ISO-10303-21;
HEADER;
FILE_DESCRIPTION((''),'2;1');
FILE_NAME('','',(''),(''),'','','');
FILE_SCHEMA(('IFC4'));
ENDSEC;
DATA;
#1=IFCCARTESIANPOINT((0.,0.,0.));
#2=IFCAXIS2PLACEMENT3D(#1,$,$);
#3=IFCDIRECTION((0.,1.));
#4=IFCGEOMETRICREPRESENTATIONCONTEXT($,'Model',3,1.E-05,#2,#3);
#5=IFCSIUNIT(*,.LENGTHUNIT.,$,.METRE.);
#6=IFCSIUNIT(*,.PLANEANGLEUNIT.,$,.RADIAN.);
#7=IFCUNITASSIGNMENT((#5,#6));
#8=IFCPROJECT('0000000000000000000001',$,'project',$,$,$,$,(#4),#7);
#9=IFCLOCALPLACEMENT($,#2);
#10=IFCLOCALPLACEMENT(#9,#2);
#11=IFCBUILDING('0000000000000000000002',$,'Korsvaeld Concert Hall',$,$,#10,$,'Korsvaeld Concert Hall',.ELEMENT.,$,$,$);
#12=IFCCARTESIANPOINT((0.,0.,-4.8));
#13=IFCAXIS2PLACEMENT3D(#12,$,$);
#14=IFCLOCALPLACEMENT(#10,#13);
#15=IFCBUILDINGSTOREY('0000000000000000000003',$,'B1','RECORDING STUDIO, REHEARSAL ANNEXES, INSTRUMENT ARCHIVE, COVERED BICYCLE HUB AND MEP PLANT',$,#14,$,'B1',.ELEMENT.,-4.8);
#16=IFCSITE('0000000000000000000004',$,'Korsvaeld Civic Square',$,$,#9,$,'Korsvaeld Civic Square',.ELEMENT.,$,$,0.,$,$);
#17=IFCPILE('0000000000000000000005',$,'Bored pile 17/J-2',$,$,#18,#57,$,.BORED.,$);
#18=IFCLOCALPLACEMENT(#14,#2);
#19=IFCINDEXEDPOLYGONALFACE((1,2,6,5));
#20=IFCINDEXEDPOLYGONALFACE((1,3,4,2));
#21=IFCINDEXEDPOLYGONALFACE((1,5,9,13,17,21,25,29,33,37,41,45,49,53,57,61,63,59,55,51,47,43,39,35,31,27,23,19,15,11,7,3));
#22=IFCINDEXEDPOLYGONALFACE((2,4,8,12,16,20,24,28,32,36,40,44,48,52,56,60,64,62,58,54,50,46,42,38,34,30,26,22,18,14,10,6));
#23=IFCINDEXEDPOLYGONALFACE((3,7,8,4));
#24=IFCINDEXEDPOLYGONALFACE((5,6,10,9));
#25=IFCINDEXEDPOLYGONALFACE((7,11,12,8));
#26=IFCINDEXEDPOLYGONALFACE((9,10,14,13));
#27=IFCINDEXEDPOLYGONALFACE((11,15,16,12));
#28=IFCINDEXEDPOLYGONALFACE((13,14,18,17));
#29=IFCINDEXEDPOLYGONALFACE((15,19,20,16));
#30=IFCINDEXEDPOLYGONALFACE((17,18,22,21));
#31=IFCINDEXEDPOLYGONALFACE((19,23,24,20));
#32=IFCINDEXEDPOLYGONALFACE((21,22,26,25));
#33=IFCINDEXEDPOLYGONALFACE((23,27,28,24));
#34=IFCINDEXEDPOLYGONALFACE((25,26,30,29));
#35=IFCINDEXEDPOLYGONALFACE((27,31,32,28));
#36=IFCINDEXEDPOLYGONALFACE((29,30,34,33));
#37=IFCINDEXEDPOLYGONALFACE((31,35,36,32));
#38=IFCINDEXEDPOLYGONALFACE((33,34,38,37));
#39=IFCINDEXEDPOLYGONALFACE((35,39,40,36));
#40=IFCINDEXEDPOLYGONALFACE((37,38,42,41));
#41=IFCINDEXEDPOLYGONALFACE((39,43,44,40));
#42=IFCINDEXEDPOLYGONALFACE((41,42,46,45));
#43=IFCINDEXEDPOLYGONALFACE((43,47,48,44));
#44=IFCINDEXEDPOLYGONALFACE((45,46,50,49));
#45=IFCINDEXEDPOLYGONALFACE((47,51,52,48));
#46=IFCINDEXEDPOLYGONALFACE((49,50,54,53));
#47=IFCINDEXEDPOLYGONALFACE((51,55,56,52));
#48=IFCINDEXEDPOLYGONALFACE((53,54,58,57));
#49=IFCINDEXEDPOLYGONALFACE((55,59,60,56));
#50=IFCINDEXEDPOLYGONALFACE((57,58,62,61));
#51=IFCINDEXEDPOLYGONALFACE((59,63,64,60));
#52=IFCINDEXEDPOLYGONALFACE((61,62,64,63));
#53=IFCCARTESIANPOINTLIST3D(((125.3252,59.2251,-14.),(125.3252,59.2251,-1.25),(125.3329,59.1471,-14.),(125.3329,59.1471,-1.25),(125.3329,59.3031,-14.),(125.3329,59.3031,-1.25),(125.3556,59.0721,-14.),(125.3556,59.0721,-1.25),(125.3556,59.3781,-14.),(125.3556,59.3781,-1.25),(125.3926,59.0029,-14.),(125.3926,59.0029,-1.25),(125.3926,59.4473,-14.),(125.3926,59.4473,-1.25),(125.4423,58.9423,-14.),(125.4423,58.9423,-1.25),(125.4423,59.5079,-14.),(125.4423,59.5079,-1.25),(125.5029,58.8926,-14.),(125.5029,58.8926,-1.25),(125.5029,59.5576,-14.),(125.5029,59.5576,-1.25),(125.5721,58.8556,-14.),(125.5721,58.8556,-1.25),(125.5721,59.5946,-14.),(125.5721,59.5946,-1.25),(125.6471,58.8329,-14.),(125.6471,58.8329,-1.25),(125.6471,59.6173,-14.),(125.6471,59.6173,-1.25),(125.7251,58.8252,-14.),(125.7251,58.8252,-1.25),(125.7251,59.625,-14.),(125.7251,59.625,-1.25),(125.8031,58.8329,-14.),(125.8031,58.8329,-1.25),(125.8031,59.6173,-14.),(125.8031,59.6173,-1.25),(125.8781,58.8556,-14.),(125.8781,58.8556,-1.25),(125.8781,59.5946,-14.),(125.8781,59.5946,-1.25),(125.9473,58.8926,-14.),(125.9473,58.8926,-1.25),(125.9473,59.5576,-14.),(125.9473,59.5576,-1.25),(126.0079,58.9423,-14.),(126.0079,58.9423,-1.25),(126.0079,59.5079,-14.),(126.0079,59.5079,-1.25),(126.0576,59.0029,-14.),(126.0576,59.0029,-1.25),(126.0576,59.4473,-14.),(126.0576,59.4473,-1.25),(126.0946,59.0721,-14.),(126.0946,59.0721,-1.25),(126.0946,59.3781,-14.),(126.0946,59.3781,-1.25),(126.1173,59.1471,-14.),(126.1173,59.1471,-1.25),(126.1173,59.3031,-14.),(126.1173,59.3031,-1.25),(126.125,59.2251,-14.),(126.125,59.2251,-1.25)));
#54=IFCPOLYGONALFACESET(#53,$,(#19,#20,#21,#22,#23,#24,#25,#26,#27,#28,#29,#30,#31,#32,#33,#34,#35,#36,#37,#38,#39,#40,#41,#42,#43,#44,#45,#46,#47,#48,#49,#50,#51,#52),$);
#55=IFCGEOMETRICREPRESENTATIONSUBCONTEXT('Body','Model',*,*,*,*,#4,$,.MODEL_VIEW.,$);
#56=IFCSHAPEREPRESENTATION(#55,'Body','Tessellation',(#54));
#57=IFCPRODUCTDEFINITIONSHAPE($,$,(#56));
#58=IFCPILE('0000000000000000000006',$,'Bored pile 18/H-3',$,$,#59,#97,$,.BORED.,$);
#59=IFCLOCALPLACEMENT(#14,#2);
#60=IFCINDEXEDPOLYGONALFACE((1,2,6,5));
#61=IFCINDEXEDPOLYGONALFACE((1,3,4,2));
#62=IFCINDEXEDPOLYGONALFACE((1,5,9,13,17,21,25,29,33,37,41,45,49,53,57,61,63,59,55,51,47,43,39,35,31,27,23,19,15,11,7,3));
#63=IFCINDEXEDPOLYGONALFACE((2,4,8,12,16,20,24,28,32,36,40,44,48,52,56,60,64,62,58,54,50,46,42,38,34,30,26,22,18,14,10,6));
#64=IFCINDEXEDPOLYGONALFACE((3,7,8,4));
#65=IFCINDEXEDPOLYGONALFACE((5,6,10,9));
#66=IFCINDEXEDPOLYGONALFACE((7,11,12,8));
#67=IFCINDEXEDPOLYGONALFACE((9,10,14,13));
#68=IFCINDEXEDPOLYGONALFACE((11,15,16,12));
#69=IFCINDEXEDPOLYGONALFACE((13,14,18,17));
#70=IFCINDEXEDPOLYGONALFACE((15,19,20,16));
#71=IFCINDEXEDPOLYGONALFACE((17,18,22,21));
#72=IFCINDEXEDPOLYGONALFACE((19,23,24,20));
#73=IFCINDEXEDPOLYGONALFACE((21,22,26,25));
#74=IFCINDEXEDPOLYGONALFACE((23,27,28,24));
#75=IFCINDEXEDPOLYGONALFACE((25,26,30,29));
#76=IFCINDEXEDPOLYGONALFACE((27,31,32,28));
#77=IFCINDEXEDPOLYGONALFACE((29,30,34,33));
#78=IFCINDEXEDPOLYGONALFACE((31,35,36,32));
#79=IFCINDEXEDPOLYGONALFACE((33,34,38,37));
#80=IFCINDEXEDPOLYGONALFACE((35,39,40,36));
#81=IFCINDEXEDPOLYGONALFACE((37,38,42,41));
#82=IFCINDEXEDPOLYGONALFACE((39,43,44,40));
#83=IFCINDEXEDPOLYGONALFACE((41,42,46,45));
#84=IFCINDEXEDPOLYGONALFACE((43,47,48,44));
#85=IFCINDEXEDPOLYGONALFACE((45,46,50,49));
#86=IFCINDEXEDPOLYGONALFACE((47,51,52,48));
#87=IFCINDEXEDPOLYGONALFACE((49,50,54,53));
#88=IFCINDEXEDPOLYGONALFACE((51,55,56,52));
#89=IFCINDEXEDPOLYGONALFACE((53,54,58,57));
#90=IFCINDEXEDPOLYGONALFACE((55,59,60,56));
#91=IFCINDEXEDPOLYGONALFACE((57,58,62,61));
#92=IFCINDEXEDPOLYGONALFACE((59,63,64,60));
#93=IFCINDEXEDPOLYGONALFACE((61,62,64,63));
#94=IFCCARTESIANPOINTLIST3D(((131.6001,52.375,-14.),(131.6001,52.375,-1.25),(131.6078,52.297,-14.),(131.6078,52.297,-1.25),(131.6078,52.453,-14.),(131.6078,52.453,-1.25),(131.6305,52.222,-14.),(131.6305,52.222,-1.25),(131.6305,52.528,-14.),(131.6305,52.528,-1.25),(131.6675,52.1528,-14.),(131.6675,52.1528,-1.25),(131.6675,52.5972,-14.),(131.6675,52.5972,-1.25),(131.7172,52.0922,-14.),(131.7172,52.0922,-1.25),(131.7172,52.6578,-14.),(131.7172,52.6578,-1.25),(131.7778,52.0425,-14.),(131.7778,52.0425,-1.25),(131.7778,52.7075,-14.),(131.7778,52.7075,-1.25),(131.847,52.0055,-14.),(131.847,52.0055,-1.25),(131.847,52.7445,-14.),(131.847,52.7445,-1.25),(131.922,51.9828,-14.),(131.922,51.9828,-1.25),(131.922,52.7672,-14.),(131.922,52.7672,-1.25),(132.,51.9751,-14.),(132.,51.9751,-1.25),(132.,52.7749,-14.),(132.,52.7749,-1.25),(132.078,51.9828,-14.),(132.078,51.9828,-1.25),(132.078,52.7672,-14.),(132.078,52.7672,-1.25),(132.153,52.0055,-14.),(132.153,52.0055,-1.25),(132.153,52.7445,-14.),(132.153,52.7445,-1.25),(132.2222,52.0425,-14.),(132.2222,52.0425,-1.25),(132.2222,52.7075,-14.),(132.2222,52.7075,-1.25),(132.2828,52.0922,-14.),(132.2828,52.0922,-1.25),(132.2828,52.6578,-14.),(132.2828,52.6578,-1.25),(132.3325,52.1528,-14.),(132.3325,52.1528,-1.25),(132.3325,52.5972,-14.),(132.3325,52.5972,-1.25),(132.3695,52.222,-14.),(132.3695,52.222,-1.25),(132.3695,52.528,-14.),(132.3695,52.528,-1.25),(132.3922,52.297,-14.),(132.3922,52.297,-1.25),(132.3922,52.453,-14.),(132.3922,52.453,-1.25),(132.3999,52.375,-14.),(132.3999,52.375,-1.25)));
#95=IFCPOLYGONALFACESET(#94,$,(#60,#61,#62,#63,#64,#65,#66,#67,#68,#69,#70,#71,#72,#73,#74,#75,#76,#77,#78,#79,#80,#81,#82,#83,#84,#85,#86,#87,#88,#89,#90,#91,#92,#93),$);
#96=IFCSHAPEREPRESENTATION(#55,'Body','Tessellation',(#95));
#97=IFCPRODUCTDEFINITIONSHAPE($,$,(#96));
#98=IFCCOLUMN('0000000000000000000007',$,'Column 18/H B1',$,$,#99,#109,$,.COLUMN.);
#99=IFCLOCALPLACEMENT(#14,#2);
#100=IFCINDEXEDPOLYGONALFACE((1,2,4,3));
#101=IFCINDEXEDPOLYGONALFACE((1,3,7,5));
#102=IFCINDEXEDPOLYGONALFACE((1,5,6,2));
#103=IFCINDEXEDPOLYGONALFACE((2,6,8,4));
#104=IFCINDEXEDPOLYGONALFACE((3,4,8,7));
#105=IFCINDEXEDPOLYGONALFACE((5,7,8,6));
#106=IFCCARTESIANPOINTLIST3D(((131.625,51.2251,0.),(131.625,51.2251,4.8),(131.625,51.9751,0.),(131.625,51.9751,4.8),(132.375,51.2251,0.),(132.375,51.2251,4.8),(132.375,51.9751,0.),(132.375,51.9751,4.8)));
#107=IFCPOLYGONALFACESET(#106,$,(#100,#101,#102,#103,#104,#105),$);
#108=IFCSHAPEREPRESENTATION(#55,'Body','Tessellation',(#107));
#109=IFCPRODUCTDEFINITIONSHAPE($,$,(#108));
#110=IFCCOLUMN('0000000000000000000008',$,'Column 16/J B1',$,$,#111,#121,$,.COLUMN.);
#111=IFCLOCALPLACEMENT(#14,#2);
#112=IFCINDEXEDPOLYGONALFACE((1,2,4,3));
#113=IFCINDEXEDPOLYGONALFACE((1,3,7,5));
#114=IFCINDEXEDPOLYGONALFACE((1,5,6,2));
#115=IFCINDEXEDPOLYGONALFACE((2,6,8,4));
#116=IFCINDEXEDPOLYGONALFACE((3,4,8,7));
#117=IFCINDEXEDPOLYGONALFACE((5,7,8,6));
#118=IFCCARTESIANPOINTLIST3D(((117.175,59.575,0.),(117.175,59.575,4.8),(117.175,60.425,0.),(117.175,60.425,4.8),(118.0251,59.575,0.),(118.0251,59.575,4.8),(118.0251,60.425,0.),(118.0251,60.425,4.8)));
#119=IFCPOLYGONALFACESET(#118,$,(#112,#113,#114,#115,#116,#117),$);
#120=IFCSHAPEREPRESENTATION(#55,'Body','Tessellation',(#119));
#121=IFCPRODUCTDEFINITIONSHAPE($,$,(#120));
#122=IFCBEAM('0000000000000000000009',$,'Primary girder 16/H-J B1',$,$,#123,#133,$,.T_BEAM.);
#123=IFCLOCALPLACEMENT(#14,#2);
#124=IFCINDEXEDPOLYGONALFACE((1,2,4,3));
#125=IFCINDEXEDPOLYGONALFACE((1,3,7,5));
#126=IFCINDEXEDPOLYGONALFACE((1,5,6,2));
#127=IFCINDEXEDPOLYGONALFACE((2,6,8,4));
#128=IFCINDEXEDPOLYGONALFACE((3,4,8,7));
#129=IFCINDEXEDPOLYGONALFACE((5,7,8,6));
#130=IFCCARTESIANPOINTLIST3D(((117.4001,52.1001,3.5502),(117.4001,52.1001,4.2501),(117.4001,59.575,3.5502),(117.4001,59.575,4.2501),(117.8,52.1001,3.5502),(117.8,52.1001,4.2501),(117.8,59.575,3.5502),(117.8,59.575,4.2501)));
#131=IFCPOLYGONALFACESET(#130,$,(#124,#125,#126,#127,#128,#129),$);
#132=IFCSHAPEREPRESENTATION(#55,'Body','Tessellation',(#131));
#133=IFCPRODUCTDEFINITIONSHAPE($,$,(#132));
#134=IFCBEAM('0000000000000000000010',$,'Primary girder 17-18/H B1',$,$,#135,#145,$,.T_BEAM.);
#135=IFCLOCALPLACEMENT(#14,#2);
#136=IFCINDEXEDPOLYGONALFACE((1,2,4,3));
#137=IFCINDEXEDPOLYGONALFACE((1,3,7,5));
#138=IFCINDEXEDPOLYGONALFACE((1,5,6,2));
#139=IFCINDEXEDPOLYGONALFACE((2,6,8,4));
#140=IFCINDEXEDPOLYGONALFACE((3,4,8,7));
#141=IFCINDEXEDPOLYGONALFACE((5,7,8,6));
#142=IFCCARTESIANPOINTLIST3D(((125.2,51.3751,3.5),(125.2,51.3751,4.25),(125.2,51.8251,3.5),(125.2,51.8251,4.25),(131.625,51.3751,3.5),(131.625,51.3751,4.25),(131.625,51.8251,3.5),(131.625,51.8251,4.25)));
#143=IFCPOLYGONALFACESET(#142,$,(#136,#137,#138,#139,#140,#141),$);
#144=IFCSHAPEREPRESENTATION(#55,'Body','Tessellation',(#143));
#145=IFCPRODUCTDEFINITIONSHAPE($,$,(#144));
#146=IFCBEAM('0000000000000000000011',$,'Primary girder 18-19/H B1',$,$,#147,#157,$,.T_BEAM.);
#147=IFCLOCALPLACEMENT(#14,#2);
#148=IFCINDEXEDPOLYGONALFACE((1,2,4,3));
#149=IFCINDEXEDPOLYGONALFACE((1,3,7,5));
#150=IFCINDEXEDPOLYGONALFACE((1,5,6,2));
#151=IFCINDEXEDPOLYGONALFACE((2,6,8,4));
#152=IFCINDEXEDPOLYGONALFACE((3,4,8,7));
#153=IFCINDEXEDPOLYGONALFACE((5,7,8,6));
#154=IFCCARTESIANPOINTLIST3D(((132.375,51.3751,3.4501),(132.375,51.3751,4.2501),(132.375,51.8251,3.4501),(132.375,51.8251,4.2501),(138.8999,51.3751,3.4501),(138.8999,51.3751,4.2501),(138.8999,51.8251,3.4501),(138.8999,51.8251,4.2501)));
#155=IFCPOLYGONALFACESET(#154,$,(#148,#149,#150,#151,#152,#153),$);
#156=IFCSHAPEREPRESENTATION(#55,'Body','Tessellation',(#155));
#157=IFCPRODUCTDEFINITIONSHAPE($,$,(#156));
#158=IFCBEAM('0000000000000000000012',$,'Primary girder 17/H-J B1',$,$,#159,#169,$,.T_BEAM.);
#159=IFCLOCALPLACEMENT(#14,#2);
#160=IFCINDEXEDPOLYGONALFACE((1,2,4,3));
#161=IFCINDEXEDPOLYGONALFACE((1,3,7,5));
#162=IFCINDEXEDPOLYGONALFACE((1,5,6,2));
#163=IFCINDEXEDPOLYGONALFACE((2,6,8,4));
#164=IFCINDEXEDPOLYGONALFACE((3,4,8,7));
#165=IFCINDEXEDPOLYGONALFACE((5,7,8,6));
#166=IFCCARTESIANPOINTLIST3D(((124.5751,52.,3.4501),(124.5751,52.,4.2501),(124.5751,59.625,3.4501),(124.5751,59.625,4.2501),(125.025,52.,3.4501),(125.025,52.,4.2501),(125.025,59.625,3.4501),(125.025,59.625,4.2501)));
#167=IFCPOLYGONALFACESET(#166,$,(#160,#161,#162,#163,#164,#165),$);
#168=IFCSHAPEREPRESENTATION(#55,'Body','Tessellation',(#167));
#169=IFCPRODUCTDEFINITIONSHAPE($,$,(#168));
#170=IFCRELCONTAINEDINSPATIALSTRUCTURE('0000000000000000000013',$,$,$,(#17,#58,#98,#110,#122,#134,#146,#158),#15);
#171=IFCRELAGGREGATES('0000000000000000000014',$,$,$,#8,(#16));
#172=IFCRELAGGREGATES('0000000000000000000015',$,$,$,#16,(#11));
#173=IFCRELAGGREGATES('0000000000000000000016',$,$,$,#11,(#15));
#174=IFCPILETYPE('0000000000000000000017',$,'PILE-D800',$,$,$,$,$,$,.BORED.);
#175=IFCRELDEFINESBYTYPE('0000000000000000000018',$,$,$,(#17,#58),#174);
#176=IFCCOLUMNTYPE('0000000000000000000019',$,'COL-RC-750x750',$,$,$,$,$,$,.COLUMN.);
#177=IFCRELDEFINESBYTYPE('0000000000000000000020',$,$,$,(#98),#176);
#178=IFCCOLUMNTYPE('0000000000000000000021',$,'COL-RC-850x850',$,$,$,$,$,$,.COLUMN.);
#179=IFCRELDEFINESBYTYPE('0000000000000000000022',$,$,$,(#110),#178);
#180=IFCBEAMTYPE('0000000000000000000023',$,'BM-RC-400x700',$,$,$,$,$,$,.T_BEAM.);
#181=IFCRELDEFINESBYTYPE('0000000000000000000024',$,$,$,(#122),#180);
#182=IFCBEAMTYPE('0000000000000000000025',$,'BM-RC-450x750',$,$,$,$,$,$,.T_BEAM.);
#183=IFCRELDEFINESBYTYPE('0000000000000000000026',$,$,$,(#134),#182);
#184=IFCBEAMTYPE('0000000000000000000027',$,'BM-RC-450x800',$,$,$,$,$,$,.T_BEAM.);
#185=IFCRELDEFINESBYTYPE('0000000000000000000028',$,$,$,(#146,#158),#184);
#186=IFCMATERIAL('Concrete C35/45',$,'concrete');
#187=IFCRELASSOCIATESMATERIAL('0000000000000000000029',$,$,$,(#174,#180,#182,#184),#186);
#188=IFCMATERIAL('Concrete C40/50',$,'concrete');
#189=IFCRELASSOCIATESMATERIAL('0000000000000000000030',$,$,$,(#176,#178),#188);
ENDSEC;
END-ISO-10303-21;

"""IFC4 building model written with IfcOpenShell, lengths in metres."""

from ifc_helpers import new_model, si_unit, direction, frame, origin, origin_2d, place, context, subcontext, project, spatial, rectangle, circle, extrude, material, material_profile, profile_set, type_object, element, save


model = new_model("IFC4")

# Units and contexts
model_context = context("Model", 3, precision=1e-05, world=origin(), true_north=direction((0.0, 1.0)))
body_context = subcontext(model_context, "Body", "Model", "MODEL_VIEW")
ifc_project = project(units=[si_unit("LENGTHUNIT", "METRE"), si_unit("PLANEANGLEUNIT", "RADIAN")], contexts=[model_context])

# Site, building, storey
site_placement = place(None, origin())
site = spatial("IfcSite", under=ifc_project, at=site_placement, Name="Korsvaeld Civic Square", LongName="Korsvaeld Civic Square", CompositionType="ELEMENT", RefElevation=0.0)
building_placement = place(site_placement, origin())
building = spatial("IfcBuilding", under=site, at=building_placement, Name="Korsvaeld Concert Hall", LongName="Korsvaeld Concert Hall", CompositionType="ELEMENT")
storey_placement = place(building_placement, frame((0.0, 0.0, -4.8)))
storey = spatial("IfcBuildingStorey", under=building, at=storey_placement, Name="B1", Description="RECORDING STUDIO, REHEARSAL ANNEXES, INSTRUMENT ARCHIVE, COVERED BICYCLE HUB AND MEP PLANT", LongName="B1", CompositionType="ELEMENT", Elevation=-4.8)

# Shared definitions
ifc_material_1 = material(Name="Concrete C35/45", Category="concrete")

# Piles
ifc_material_profile_1 = material_profile(ifc_material_1, circle(Radius=0.3999, at=origin_2d()), Name="BORED PILE D800")
ifc_profile_set_1 = profile_set([ifc_material_profile_1], Name="Concrete C35/45")
pile_type = type_object("IfcPileType", Name="PILE-D800", PredefinedType="BORED", material=ifc_profile_set_1)
for number, where, z_axis, x_axis, name in (
    (1, (125.7251, 59.2251, -1.25), (0.0, 0.0, -1.0), (1.0, 0.0, 0.0), "Bored pile 17/J-2"),
    (2, (132.0, 52.375, -1.25), (0.0, 0.0, -1.0), (1.0, 0.0, 0.0), "Bored pile 18/H-3"),
):
    element("IfcPile", number, at=place(storey_placement, frame(where, z_axis=z_axis, x_axis=x_axis)), inside=storey, type_object=pile_type, Name=name, PredefinedType="BORED", context=body_context, shape_type="SweptSolid", body=[
        extrude(circle(Radius=0.3999, at=origin_2d()), origin(), (0.0, 0.0, 1.0), 12.75),
    ])

# Columns
ifc_material_2 = material(Name="Concrete C40/50", Category="concrete")
ifc_material_profile_2 = material_profile(ifc_material_2, rectangle(XDim=0.75, YDim=0.75, at=origin_2d()), Name="RC 750x750")
ifc_profile_set_2 = profile_set([ifc_material_profile_2], Name="Concrete C40/50")
column_type_1 = type_object("IfcColumnType", Name="COL-RC-750x750", PredefinedType="COLUMN", material=ifc_profile_set_2)
column_1_placement = place(storey_placement, frame((132.0, 51.6001, 0.0), z_axis=(0.0, 0.0, 1.0), x_axis=(1.0, 0.0, 0.0)))
element("IfcColumn", 3, at=column_1_placement, inside=storey, type_object=column_type_1, Name="Column 18/H B1", PredefinedType="COLUMN", context=body_context, shape_type="SweptSolid", body=[
    extrude(rectangle(XDim=0.75, YDim=0.75, at=origin_2d()), origin(), (0.0, 0.0, 1.0), 4.8),
])
ifc_material_profile_3 = material_profile(ifc_material_2, rectangle(XDim=0.8501, YDim=0.8501, at=origin_2d()), Name="RC 850x850")
ifc_profile_set_3 = profile_set([ifc_material_profile_3], Name="Concrete C40/50")
column_type_2 = type_object("IfcColumnType", Name="COL-RC-850x850", PredefinedType="COLUMN", material=ifc_profile_set_3)
column_2_placement = place(storey_placement, frame((117.6001, 60.0, 0.0), z_axis=(0.0, 0.0, 1.0), x_axis=(1.0, 0.0, 0.0)))
element("IfcColumn", 4, at=column_2_placement, inside=storey, type_object=column_type_2, Name="Column 16/J B1", PredefinedType="COLUMN", context=body_context, shape_type="SweptSolid", body=[
    extrude(rectangle(XDim=0.8501, YDim=0.8501, at=origin_2d()), origin(), (0.0, 0.0, 1.0), 4.8),
])

# Beams
ifc_material_profile_4 = material_profile(ifc_material_1, rectangle(XDim=0.3999, YDim=0.7, at=origin_2d()), Name="RC 400x700")
ifc_profile_set_4 = profile_set([ifc_material_profile_4], Name="Concrete C35/45")
beam_type_1 = type_object("IfcBeamType", Name="BM-RC-400x700", PredefinedType="T_BEAM", material=ifc_profile_set_4)
beam_1_placement = place(storey_placement, frame((117.6001, 52.1001, 3.9001), z_axis=(0.0, 1.0, 0.0), x_axis=(-1.0, 0.0, 0.0)))
element("IfcBeam", 5, at=beam_1_placement, inside=storey, type_object=beam_type_1, Name="Primary girder 16/H-J B1", PredefinedType="T_BEAM", context=body_context, shape_type="SweptSolid", body=[
    extrude(rectangle(XDim=0.3999, YDim=0.7, at=origin_2d()), origin(), (0.0, 0.0, 1.0), 7.4749),
])
ifc_material_profile_5 = material_profile(ifc_material_1, rectangle(XDim=0.45, YDim=0.75, at=origin_2d()), Name="RC 450x750")
ifc_profile_set_5 = profile_set([ifc_material_profile_5], Name="Concrete C35/45")
beam_type_2 = type_object("IfcBeamType", Name="BM-RC-450x750", PredefinedType="T_BEAM", material=ifc_profile_set_5)
beam_2_placement = place(storey_placement, frame((125.2, 51.6001, 3.875), z_axis=(1.0, 0.0, 0.0), x_axis=(0.0, 1.0, 0.0)))
element("IfcBeam", 6, at=beam_2_placement, inside=storey, type_object=beam_type_2, Name="Primary girder 17-18/H B1", PredefinedType="T_BEAM", context=body_context, shape_type="SweptSolid", body=[
    extrude(rectangle(XDim=0.45, YDim=0.75, at=origin_2d()), origin(), (0.0, 0.0, 1.0), 6.425),
])
ifc_material_profile_6 = material_profile(ifc_material_1, rectangle(XDim=0.45, YDim=0.8, at=origin_2d()), Name="RC 450x800")
ifc_profile_set_6 = profile_set([ifc_material_profile_6], Name="Concrete C35/45")
beam_type_3 = type_object("IfcBeamType", Name="BM-RC-450x800", PredefinedType="T_BEAM", material=ifc_profile_set_6)
beam_3_placement = place(storey_placement, frame((132.375, 51.6001, 3.8501), z_axis=(1.0, 0.0, 0.0), x_axis=(0.0, 1.0, 0.0)))
element("IfcBeam", 7, at=beam_3_placement, inside=storey, type_object=beam_type_3, Name="Primary girder 18-19/H B1", PredefinedType="T_BEAM", context=body_context, shape_type="SweptSolid", body=[
    extrude(rectangle(XDim=0.45, YDim=0.8, at=origin_2d()), origin(), (0.0, 0.0, 1.0), 6.5249),
])
beam_4_placement = place(storey_placement, frame((124.8, 52.0, 3.8501), z_axis=(0.0, 1.0, 0.0), x_axis=(-1.0, 0.0, 0.0)))
element("IfcBeam", 8, at=beam_4_placement, inside=storey, type_object=beam_type_3, Name="Primary girder 17/H-J B1", PredefinedType="T_BEAM", context=body_context, shape_type="SweptSolid", body=[
    extrude(rectangle(XDim=0.45, YDim=0.8, at=origin_2d()), origin(), (0.0, 0.0, 1.0), 7.625),
])

save(model, "model.ifc")
